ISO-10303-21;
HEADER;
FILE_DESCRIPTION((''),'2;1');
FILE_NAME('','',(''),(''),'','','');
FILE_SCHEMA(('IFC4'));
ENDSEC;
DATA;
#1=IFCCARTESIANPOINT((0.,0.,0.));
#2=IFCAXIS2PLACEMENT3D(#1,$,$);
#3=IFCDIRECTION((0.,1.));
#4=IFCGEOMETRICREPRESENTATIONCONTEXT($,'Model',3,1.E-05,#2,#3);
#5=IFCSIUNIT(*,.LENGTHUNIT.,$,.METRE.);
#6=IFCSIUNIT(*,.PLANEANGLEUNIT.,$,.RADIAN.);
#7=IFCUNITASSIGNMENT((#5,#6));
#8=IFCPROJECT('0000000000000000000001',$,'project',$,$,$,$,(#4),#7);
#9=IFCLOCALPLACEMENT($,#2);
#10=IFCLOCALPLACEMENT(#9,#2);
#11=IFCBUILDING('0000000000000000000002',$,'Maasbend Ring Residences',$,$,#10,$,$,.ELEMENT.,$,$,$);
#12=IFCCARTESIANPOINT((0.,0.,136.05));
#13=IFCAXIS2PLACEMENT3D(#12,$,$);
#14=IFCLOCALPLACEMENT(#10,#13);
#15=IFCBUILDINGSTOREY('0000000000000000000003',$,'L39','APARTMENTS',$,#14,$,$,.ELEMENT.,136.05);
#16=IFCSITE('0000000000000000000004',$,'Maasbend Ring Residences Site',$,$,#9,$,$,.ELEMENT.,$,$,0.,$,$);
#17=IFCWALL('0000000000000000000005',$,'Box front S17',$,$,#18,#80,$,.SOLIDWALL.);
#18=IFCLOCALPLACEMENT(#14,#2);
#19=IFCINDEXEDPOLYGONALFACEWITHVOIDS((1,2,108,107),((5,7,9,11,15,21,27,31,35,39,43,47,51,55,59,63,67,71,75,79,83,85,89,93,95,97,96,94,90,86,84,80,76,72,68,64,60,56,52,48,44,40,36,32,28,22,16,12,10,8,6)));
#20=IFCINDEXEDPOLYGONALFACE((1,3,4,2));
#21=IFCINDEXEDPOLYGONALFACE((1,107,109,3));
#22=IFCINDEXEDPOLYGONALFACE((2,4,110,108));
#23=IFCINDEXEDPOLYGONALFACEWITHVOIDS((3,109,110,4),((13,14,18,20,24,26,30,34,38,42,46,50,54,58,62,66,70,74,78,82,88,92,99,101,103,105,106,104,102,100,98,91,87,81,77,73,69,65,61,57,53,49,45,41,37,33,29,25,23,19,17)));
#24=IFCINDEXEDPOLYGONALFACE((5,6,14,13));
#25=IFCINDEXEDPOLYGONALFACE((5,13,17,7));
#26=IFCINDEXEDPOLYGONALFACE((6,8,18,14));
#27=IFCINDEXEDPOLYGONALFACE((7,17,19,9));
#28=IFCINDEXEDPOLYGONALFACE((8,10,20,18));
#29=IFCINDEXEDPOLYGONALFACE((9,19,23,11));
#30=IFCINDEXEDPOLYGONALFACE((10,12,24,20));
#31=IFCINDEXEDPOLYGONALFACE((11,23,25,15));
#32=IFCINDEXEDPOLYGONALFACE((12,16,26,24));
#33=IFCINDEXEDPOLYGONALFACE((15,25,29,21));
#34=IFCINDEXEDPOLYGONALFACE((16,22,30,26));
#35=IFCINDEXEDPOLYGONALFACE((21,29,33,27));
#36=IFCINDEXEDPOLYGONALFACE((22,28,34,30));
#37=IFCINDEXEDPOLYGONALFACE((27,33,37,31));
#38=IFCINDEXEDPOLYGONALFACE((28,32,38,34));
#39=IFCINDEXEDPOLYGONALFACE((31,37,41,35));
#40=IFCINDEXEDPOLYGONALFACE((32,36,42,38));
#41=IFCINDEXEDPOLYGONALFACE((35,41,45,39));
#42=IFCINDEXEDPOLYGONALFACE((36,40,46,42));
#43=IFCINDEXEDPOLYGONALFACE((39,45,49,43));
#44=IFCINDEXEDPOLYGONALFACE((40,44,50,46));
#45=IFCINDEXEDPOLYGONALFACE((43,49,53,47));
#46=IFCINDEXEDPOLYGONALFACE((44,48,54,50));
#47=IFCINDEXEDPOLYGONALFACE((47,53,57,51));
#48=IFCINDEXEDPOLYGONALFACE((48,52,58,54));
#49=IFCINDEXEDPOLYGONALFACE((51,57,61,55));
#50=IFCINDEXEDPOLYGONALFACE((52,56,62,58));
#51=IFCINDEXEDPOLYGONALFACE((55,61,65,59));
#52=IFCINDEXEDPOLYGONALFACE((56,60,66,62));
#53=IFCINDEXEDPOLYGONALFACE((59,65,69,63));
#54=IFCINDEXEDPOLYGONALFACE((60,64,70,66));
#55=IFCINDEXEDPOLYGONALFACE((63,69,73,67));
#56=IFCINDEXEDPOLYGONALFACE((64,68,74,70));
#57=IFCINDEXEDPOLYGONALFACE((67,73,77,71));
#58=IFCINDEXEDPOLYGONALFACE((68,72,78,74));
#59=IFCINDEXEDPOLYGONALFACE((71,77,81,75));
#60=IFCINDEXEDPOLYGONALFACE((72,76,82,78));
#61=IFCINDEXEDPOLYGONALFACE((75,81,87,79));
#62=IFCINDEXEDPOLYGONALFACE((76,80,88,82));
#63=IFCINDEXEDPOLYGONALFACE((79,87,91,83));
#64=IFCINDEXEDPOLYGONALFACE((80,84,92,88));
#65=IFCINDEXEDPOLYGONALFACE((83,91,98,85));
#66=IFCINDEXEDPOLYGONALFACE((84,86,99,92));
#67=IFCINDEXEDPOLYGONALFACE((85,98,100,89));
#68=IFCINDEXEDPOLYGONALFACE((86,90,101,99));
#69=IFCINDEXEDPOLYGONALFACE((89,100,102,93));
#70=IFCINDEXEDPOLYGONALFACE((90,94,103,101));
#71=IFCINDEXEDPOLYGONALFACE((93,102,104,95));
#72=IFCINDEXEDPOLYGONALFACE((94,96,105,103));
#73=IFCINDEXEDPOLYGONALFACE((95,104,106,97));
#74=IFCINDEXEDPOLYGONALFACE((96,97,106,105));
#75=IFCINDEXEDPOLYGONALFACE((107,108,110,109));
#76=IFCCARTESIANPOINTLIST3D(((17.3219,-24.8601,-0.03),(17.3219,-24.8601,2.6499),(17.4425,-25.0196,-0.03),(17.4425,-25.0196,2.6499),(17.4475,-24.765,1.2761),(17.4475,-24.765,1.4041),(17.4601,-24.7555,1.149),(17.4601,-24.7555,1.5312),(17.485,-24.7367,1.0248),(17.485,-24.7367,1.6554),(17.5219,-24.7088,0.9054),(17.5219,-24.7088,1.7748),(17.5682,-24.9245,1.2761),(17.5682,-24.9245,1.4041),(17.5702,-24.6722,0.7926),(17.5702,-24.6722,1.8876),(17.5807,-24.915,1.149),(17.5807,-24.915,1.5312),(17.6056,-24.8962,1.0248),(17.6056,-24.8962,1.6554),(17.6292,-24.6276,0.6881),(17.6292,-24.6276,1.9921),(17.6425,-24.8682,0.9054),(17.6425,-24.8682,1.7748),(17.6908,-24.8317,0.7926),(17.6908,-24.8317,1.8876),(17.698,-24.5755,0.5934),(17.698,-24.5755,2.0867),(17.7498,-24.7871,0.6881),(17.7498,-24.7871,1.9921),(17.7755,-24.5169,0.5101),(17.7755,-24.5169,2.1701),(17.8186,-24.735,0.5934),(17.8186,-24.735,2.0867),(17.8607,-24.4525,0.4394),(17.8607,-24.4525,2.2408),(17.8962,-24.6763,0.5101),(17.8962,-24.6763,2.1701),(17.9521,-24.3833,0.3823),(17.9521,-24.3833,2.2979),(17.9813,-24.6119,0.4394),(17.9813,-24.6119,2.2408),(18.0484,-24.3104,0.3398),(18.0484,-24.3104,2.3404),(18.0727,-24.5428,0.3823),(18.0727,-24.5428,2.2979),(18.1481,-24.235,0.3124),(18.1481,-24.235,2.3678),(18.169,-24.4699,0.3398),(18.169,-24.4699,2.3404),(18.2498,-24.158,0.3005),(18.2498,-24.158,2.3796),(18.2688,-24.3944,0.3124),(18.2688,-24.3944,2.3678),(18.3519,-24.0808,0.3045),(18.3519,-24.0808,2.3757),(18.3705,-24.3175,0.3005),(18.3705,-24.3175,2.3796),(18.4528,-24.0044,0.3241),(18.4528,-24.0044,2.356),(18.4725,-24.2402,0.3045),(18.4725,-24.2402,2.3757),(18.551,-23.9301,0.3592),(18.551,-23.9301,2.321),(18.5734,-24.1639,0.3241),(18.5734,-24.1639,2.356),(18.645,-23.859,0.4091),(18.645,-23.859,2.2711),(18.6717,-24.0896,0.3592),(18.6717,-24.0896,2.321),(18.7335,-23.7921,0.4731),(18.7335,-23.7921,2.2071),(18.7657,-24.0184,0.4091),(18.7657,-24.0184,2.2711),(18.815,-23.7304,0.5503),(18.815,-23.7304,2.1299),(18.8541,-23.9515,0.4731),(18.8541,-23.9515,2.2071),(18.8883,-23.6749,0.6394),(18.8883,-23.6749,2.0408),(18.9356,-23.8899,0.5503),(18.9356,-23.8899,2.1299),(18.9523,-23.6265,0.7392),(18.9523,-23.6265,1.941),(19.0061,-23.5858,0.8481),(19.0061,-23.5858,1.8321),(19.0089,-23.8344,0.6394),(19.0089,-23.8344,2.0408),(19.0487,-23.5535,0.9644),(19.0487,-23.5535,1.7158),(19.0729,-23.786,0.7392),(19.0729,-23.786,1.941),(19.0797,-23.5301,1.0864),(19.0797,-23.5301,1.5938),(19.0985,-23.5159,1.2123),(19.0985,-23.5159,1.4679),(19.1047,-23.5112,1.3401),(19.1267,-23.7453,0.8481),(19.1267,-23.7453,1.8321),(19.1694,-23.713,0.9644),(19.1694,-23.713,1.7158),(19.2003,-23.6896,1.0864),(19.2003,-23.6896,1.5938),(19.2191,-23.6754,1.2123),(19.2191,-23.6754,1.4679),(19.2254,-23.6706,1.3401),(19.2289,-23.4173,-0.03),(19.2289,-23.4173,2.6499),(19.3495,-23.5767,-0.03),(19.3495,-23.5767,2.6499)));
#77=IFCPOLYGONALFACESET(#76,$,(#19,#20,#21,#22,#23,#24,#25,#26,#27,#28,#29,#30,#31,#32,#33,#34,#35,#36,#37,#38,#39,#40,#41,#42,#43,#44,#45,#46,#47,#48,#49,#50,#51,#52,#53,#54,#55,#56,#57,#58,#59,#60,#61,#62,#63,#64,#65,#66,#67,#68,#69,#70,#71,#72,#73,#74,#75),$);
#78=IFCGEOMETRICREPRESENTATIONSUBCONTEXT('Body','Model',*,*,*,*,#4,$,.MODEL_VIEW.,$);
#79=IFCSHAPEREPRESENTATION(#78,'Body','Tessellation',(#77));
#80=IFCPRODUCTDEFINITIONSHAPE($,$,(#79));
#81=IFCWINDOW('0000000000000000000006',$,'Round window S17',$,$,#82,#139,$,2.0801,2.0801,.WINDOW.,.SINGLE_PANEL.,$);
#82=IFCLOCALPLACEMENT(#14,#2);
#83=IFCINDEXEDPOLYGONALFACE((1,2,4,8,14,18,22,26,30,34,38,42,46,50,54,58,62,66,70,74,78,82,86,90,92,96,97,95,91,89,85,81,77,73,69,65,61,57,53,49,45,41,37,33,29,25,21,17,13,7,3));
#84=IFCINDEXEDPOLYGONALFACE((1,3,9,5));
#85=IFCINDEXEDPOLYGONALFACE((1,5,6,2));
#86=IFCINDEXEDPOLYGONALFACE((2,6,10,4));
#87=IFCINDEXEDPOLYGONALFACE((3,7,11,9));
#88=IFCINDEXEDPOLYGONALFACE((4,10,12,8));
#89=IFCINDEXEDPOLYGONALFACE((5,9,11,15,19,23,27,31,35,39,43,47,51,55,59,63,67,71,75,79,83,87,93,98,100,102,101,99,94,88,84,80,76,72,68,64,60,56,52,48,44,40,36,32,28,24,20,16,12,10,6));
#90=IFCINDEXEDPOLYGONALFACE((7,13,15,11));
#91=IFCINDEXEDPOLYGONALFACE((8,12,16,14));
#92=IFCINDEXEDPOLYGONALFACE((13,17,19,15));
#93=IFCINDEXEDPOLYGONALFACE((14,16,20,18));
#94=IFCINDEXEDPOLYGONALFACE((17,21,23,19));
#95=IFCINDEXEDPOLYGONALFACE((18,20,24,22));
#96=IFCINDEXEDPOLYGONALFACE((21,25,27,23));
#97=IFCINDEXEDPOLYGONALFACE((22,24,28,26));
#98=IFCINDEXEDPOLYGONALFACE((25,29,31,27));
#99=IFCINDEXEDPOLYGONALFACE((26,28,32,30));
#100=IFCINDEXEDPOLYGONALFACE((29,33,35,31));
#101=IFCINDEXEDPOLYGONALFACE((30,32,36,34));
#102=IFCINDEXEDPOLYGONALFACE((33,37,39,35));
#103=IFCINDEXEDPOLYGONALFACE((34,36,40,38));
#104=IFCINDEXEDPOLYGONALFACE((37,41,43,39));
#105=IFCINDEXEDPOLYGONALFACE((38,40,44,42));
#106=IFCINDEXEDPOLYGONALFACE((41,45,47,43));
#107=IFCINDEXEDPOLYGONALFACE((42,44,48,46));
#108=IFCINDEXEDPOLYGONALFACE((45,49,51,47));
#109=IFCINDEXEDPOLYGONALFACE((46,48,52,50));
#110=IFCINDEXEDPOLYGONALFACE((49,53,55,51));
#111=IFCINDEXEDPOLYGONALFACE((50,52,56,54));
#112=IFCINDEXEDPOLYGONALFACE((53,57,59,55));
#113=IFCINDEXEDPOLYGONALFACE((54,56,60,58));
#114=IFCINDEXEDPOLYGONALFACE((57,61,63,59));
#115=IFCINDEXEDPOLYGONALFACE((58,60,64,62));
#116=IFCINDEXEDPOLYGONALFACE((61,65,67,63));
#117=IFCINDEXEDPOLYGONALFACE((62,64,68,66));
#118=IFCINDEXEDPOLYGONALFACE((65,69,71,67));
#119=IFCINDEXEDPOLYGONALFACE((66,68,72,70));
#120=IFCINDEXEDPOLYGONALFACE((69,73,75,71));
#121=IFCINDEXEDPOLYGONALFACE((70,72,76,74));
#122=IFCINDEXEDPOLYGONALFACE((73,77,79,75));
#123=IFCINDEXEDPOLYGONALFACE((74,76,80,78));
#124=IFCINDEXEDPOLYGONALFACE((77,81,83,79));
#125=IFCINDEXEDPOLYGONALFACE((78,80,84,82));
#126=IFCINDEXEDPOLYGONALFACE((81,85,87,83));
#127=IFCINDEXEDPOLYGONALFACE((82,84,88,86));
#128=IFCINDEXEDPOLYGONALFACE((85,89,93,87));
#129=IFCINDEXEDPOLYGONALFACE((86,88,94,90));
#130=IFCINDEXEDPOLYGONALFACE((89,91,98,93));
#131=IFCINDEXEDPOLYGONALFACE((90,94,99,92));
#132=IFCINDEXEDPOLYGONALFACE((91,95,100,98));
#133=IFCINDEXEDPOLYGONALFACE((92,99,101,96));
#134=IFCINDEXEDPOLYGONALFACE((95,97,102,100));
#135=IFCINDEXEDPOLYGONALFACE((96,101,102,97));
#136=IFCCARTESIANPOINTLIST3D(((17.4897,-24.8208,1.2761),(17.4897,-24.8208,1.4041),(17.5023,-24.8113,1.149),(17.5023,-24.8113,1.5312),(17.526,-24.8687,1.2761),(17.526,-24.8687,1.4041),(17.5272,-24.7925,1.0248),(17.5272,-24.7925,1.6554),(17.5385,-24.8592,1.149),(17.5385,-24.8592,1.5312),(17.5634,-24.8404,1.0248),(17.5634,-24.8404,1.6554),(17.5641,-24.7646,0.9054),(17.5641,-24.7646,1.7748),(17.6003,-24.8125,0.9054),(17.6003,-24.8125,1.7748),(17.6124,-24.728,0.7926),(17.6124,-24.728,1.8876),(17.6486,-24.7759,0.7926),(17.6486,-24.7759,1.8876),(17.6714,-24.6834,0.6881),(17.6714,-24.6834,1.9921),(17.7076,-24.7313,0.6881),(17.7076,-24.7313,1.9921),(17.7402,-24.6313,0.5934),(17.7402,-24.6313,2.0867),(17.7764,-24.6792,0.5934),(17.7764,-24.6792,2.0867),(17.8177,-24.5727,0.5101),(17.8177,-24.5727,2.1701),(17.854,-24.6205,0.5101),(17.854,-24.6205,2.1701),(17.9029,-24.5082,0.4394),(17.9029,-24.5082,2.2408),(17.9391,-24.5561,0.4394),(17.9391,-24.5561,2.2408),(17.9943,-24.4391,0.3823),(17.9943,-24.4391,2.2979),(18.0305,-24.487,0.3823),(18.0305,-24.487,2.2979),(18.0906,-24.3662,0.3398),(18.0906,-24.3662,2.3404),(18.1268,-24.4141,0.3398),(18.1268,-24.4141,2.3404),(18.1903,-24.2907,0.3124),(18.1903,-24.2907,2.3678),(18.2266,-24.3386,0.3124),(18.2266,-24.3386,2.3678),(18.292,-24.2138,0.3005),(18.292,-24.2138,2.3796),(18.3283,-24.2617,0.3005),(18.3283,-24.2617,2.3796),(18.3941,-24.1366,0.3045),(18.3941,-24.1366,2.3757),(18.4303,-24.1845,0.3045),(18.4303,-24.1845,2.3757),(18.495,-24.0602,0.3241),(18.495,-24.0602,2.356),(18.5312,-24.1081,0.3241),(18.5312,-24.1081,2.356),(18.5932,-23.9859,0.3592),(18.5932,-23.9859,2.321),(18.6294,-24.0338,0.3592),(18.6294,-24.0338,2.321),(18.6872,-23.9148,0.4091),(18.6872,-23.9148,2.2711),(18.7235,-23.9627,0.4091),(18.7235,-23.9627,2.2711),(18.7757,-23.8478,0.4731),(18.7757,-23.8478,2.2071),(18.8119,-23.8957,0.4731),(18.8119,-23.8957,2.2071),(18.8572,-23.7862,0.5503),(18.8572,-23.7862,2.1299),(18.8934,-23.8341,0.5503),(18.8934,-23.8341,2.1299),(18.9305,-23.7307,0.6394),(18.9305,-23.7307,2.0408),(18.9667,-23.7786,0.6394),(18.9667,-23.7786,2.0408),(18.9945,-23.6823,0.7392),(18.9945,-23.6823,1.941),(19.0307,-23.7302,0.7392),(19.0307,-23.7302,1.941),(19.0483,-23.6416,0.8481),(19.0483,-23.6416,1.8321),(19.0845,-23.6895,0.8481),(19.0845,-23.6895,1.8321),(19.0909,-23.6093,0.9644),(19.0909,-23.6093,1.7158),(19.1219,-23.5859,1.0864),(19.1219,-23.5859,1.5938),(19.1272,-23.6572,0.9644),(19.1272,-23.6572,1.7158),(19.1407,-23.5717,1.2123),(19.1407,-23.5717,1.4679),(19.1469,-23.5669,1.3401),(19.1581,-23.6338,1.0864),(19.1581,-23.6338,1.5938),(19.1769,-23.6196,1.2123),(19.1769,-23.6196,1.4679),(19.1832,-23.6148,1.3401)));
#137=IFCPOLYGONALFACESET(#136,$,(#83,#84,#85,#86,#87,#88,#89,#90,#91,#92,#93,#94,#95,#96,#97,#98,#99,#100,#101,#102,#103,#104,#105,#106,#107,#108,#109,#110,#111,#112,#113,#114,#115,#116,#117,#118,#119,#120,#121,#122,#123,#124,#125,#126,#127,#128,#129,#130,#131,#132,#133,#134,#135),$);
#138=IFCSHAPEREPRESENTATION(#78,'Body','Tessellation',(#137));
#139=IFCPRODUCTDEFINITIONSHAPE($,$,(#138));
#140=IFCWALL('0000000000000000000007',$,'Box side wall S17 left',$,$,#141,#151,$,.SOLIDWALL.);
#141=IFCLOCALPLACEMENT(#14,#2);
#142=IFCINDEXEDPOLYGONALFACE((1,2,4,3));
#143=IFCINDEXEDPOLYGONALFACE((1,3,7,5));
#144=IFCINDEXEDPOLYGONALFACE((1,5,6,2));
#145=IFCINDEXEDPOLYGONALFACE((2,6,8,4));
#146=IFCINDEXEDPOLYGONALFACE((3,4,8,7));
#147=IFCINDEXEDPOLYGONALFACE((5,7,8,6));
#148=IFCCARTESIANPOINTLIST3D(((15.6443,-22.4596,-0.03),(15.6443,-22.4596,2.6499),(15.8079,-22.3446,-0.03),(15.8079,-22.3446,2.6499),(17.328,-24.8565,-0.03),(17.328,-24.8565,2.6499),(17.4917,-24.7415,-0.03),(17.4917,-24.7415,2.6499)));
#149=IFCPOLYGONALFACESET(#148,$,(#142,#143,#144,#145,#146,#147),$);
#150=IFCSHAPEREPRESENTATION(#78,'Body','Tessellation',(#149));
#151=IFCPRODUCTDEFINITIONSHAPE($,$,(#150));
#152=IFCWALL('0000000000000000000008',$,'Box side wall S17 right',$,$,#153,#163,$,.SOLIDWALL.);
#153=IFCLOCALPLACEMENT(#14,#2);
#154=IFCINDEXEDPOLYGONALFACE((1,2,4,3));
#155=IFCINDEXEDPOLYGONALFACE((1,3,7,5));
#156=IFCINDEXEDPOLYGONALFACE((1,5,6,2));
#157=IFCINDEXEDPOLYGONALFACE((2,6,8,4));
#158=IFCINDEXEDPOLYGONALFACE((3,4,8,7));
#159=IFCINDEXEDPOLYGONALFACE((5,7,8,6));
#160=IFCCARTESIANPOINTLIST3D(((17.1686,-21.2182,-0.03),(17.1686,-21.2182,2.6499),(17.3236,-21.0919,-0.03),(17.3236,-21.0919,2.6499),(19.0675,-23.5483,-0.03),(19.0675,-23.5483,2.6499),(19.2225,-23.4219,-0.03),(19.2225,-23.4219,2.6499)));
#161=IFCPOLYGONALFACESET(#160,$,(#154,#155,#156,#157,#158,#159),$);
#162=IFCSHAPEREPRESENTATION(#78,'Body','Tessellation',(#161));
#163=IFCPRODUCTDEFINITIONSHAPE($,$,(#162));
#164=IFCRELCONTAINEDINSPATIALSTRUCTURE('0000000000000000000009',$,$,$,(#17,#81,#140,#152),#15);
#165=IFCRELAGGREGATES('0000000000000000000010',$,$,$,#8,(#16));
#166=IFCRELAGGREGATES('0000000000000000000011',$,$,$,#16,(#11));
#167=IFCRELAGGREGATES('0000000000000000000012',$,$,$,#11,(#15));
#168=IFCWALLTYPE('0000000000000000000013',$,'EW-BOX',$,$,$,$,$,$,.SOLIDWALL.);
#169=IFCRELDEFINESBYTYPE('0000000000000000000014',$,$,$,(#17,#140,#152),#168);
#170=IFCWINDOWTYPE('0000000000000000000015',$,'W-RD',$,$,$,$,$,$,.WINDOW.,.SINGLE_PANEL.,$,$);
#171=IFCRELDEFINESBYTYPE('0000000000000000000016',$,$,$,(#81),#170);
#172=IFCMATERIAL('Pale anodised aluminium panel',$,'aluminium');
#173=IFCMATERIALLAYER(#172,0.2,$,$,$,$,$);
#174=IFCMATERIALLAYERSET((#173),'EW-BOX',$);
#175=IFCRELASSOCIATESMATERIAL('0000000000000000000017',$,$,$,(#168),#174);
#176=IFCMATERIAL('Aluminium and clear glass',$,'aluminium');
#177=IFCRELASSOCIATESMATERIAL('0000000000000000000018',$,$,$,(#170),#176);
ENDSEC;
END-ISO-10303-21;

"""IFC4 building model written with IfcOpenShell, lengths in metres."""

from ifc_helpers import new_model, si_unit, direction, frame, frame_2d, origin, place, context, subcontext, project, spatial, rectangle, circle, extrude, material, layer, layer_set, type_object, element, fill, save


model = new_model("IFC4")

# Units and contexts
model_context = context("Model", 3, precision=1e-05, world=origin(), true_north=direction((0.0, 1.0)))
body_context = subcontext(model_context, "Body", "Model", "MODEL_VIEW")
ifc_project = project(units=[si_unit("LENGTHUNIT", "METRE"), si_unit("PLANEANGLEUNIT", "RADIAN")], contexts=[model_context])

# Site, building, storey
site_placement = place(None, origin())
site = spatial("IfcSite", under=ifc_project, at=site_placement, Name="Maasbend Ring Residences Site", CompositionType="ELEMENT", RefElevation=0.0)
building_placement = place(site_placement, origin())
building = spatial("IfcBuilding", under=site, at=building_placement, Name="Maasbend Ring Residences", CompositionType="ELEMENT")
storey_placement = place(building_placement, frame((0.0, 0.0, 136.05)))
storey = spatial("IfcBuildingStorey", under=building, at=storey_placement, Name="L39", Description="APARTMENTS", CompositionType="ELEMENT", Elevation=136.05)

# Shared definitions
ifc_material_1 = material(Name="Pale anodised aluminium panel", Category="aluminium")
ifc_layer_1 = layer(ifc_material_1, 0.2)
ifc_layer_set_1 = layer_set([ifc_layer_1], Name="EW-BOX")
wall_type_1 = type_object("IfcWallType", Name="EW-BOX", PredefinedType="SOLIDWALL", material=ifc_layer_set_1)
ifc_material_2 = material(Name="Aluminium and clear glass", Category="aluminium")
window_type_1 = type_object("IfcWindowType", Name="W-RD", PartitioningType="SINGLE_PANEL", PredefinedType="WINDOW", material=ifc_material_2)

# Wall, opening, window
wall_1_placement = place(storey_placement, frame((17.3821, -24.9399, -0.03), z_axis=(0.0, 0.0, 1.0), x_axis=(0.797457, 0.603376, 0.0)))
wall_1 = element("IfcWall", 1, at=wall_1_placement, inside=storey, type_object=wall_type_1, Name="Box front S17", PredefinedType="SOLIDWALL", context=body_context, shape_type="SweptSolid", body=[
    extrude(rectangle(XDim=2.3914, YDim=0.2, at=frame_2d((1.1958, 0.0))), origin(), (0.0, 0.0, 1.0), 2.6799),
])
opening_1_placement = place(wall_1_placement, frame((0.1558, 0.0, 0.3301)))
opening_1 = element("IfcOpeningElement", 2, at=opening_1_placement, cuts=wall_1, PredefinedType="OPENING", context=body_context, shape_type="SweptSolid", body=[
    extrude(circle(Radius=1.04, at=frame_2d((1.04, 1.04))), frame((0.0, 0.1099, 0.0), z_axis=(0.0, -1.0, 0.0), x_axis=(1.0, 0.0, 0.0)), (0.0, 0.0, 1.0), 0.22),
])
window_1_placement = place(opening_1_placement, origin())
window_1 = element("IfcWindow", 3, at=window_1_placement, inside=storey, type_object=window_type_1, Name="Round window S17", OverallHeight=2.0801, OverallWidth=2.0801, PartitioningType="SINGLE_PANEL", PredefinedType="WINDOW", context=body_context, shape_type="SweptSolid", body=[
    extrude(circle(Radius=1.04, at=frame_2d((1.04, 1.04))), frame((0.0, 0.03, 0.0), z_axis=(0.0, -1.0, 0.0), x_axis=(1.0, 0.0, 0.0)), (0.0, 0.0, 1.0), 0.0601),
])
fill(opening_1, window_1)

# Walls
wall_2_placement = place(storey_placement, frame((15.7261, -22.4021, -0.03), z_axis=(0.0, 0.0, 1.0), x_axis=(0.574826, -0.818275, 0.0)))
element("IfcWall", 4, at=wall_2_placement, inside=storey, type_object=wall_type_1, Name="Box side wall S17 left", PredefinedType="SOLIDWALL", context=body_context, shape_type="SweptSolid", body=[
    extrude(rectangle(XDim=2.9292, YDim=0.2, at=frame_2d((1.4646, 0.0))), origin(), (0.0, 0.0, 1.0), 2.6799),
])
wall_3_placement = place(storey_placement, frame((17.2461, -21.155, -0.03), z_axis=(0.0, 0.0, 1.0), x_axis=(0.631742, -0.775179, 0.0)))
element("IfcWall", 5, at=wall_3_placement, inside=storey, type_object=wall_type_1, Name="Box side wall S17 right", PredefinedType="SOLIDWALL", context=body_context, shape_type="SweptSolid", body=[
    extrude(rectangle(XDim=3.0059, YDim=0.2, at=frame_2d((1.5029, 0.0))), origin(), (0.0, 0.0, 1.0), 2.6799),
])

save(model, "model.ifc")
